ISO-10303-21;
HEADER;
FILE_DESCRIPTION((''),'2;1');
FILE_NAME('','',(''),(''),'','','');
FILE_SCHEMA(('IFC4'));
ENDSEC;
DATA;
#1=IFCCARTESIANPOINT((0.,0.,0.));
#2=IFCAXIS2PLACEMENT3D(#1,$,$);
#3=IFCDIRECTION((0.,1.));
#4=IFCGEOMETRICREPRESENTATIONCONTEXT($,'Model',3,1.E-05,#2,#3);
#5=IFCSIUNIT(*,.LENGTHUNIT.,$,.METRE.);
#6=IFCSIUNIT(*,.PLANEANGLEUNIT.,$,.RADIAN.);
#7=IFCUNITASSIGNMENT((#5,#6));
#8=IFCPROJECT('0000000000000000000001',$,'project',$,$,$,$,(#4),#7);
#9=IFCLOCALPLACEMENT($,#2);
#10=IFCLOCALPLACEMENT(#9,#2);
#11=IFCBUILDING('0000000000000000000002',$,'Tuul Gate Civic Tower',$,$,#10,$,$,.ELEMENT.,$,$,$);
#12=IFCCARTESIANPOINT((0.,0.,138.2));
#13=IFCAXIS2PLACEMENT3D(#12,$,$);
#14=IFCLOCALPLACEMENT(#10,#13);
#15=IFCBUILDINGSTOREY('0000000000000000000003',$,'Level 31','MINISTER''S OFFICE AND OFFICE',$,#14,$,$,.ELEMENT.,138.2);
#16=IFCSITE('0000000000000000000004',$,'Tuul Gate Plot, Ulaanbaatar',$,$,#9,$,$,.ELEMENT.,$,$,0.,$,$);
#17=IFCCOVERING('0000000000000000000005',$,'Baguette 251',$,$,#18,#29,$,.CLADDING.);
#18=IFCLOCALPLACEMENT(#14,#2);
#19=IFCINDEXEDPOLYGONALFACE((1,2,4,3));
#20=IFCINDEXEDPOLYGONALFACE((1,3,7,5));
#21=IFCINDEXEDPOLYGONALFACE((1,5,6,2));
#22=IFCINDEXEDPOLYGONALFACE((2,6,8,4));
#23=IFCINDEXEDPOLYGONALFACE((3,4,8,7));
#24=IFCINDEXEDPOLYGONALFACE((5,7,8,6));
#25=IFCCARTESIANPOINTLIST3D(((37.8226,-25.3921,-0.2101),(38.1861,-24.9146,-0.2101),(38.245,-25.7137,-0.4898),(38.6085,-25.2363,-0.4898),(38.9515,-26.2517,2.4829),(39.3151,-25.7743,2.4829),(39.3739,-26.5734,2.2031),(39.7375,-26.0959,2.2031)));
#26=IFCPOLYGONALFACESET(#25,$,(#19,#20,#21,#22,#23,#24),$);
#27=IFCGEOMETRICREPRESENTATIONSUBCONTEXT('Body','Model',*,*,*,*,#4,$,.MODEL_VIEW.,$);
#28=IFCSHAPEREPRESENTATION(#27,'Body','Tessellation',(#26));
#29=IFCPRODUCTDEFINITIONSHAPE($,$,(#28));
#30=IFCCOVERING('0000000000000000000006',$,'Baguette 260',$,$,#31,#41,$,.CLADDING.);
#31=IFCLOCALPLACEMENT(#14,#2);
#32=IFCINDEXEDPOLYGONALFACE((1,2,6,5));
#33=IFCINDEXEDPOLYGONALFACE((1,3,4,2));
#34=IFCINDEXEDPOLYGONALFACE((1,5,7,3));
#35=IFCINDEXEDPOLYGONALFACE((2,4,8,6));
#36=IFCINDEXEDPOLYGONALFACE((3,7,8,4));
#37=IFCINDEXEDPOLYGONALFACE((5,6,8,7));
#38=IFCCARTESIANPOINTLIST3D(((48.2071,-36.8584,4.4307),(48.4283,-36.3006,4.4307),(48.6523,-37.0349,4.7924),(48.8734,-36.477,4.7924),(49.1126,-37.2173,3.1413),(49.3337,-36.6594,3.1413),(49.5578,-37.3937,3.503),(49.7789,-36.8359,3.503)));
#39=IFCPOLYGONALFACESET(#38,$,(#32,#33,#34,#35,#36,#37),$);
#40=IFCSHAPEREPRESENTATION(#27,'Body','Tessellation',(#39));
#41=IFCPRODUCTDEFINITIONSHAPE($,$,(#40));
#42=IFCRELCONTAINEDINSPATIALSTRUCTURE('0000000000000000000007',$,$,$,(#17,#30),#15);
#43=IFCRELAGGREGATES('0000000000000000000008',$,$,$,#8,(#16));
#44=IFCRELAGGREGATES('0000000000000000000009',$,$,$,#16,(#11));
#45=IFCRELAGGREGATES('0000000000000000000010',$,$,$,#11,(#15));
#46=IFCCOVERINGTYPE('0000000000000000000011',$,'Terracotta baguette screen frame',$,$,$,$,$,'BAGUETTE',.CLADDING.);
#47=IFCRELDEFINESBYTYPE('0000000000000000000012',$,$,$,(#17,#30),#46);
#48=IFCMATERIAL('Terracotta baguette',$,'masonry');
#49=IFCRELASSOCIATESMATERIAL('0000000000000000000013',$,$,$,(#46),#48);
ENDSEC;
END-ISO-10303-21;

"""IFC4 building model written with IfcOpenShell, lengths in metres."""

from ifc_helpers import new_model, si_unit, direction, frame, origin, origin_2d, place, context, subcontext, project, spatial, rectangle, extrude, material, material_profile, profile_set, type_object, element, save


model = new_model("IFC4")

# Units and contexts
model_context = context("Model", 3, precision=1e-05, world=origin(), true_north=direction((0.0, 1.0)))
body_context = subcontext(model_context, "Body", "Model", "MODEL_VIEW")
ifc_project = project(units=[si_unit("LENGTHUNIT", "METRE"), si_unit("PLANEANGLEUNIT", "RADIAN")], contexts=[model_context])

# Site, building, storey
site_placement = place(None, origin())
site = spatial("IfcSite", under=ifc_project, at=site_placement, Name="Tuul Gate Plot, Ulaanbaatar", CompositionType="ELEMENT", RefElevation=0.0)
building_placement = place(site_placement, origin())
building = spatial("IfcBuilding", under=site, at=building_placement, Name="Tuul Gate Civic Tower", CompositionType="ELEMENT")
storey_placement = place(building_placement, frame((0.0, 0.0, 138.2)))
storey = spatial("IfcBuildingStorey", under=building, at=storey_placement, Name="Level 31", Description="MINISTER'S OFFICE AND OFFICE", CompositionType="ELEMENT", Elevation=138.2)

# Coverings
ifc_material_1 = material(Name="Terracotta baguette", Category="masonry")
ifc_material_profile_1 = material_profile(ifc_material_1, rectangle(XDim=0.6001, YDim=0.6001, at=origin_2d()), Name="Terracotta baguette screen frame")
ifc_profile_set_1 = profile_set([ifc_material_profile_1], Name="Terracotta baguette")
covering_type = type_object("IfcCoveringType", Name="Terracotta baguette screen frame", ElementType="BAGUETTE", PredefinedType="CLADDING", material=ifc_profile_set_1)
covering_1_placement = place(storey_placement, frame((39.3445, -26.1738, 2.343), z_axis=(-0.370883, 0.282413, -0.884697), x_axis=(-0.60582, -0.795602, 0.0)))
element("IfcCovering", 1, at=covering_1_placement, inside=storey, type_object=covering_type, Name="Baguette 251", PredefinedType="CLADDING", context=body_context, shape_type="SweptSolid", body=[
    extrude(rectangle(XDim=0.6001, YDim=0.6001, at=origin_2d()), origin(), (0.0, 0.0, 1.0), 3.0439),
])
covering_2_placement = place(storey_placement, frame((48.5403, -36.6677, 4.6116), z_axis=(0.560319, -0.222073, -0.797952), x_axis=(0.36845, 0.929647, 0.0)))
element("IfcCovering", 2, at=covering_2_placement, inside=storey, type_object=covering_type, Name="Baguette 260", PredefinedType="CLADDING", context=body_context, shape_type="SweptSolid", body=[
    extrude(rectangle(XDim=0.6001, YDim=0.6001, at=origin_2d()), origin(), (0.0, 0.0, 1.0), 1.616),
])

save(model, "model.ifc")
